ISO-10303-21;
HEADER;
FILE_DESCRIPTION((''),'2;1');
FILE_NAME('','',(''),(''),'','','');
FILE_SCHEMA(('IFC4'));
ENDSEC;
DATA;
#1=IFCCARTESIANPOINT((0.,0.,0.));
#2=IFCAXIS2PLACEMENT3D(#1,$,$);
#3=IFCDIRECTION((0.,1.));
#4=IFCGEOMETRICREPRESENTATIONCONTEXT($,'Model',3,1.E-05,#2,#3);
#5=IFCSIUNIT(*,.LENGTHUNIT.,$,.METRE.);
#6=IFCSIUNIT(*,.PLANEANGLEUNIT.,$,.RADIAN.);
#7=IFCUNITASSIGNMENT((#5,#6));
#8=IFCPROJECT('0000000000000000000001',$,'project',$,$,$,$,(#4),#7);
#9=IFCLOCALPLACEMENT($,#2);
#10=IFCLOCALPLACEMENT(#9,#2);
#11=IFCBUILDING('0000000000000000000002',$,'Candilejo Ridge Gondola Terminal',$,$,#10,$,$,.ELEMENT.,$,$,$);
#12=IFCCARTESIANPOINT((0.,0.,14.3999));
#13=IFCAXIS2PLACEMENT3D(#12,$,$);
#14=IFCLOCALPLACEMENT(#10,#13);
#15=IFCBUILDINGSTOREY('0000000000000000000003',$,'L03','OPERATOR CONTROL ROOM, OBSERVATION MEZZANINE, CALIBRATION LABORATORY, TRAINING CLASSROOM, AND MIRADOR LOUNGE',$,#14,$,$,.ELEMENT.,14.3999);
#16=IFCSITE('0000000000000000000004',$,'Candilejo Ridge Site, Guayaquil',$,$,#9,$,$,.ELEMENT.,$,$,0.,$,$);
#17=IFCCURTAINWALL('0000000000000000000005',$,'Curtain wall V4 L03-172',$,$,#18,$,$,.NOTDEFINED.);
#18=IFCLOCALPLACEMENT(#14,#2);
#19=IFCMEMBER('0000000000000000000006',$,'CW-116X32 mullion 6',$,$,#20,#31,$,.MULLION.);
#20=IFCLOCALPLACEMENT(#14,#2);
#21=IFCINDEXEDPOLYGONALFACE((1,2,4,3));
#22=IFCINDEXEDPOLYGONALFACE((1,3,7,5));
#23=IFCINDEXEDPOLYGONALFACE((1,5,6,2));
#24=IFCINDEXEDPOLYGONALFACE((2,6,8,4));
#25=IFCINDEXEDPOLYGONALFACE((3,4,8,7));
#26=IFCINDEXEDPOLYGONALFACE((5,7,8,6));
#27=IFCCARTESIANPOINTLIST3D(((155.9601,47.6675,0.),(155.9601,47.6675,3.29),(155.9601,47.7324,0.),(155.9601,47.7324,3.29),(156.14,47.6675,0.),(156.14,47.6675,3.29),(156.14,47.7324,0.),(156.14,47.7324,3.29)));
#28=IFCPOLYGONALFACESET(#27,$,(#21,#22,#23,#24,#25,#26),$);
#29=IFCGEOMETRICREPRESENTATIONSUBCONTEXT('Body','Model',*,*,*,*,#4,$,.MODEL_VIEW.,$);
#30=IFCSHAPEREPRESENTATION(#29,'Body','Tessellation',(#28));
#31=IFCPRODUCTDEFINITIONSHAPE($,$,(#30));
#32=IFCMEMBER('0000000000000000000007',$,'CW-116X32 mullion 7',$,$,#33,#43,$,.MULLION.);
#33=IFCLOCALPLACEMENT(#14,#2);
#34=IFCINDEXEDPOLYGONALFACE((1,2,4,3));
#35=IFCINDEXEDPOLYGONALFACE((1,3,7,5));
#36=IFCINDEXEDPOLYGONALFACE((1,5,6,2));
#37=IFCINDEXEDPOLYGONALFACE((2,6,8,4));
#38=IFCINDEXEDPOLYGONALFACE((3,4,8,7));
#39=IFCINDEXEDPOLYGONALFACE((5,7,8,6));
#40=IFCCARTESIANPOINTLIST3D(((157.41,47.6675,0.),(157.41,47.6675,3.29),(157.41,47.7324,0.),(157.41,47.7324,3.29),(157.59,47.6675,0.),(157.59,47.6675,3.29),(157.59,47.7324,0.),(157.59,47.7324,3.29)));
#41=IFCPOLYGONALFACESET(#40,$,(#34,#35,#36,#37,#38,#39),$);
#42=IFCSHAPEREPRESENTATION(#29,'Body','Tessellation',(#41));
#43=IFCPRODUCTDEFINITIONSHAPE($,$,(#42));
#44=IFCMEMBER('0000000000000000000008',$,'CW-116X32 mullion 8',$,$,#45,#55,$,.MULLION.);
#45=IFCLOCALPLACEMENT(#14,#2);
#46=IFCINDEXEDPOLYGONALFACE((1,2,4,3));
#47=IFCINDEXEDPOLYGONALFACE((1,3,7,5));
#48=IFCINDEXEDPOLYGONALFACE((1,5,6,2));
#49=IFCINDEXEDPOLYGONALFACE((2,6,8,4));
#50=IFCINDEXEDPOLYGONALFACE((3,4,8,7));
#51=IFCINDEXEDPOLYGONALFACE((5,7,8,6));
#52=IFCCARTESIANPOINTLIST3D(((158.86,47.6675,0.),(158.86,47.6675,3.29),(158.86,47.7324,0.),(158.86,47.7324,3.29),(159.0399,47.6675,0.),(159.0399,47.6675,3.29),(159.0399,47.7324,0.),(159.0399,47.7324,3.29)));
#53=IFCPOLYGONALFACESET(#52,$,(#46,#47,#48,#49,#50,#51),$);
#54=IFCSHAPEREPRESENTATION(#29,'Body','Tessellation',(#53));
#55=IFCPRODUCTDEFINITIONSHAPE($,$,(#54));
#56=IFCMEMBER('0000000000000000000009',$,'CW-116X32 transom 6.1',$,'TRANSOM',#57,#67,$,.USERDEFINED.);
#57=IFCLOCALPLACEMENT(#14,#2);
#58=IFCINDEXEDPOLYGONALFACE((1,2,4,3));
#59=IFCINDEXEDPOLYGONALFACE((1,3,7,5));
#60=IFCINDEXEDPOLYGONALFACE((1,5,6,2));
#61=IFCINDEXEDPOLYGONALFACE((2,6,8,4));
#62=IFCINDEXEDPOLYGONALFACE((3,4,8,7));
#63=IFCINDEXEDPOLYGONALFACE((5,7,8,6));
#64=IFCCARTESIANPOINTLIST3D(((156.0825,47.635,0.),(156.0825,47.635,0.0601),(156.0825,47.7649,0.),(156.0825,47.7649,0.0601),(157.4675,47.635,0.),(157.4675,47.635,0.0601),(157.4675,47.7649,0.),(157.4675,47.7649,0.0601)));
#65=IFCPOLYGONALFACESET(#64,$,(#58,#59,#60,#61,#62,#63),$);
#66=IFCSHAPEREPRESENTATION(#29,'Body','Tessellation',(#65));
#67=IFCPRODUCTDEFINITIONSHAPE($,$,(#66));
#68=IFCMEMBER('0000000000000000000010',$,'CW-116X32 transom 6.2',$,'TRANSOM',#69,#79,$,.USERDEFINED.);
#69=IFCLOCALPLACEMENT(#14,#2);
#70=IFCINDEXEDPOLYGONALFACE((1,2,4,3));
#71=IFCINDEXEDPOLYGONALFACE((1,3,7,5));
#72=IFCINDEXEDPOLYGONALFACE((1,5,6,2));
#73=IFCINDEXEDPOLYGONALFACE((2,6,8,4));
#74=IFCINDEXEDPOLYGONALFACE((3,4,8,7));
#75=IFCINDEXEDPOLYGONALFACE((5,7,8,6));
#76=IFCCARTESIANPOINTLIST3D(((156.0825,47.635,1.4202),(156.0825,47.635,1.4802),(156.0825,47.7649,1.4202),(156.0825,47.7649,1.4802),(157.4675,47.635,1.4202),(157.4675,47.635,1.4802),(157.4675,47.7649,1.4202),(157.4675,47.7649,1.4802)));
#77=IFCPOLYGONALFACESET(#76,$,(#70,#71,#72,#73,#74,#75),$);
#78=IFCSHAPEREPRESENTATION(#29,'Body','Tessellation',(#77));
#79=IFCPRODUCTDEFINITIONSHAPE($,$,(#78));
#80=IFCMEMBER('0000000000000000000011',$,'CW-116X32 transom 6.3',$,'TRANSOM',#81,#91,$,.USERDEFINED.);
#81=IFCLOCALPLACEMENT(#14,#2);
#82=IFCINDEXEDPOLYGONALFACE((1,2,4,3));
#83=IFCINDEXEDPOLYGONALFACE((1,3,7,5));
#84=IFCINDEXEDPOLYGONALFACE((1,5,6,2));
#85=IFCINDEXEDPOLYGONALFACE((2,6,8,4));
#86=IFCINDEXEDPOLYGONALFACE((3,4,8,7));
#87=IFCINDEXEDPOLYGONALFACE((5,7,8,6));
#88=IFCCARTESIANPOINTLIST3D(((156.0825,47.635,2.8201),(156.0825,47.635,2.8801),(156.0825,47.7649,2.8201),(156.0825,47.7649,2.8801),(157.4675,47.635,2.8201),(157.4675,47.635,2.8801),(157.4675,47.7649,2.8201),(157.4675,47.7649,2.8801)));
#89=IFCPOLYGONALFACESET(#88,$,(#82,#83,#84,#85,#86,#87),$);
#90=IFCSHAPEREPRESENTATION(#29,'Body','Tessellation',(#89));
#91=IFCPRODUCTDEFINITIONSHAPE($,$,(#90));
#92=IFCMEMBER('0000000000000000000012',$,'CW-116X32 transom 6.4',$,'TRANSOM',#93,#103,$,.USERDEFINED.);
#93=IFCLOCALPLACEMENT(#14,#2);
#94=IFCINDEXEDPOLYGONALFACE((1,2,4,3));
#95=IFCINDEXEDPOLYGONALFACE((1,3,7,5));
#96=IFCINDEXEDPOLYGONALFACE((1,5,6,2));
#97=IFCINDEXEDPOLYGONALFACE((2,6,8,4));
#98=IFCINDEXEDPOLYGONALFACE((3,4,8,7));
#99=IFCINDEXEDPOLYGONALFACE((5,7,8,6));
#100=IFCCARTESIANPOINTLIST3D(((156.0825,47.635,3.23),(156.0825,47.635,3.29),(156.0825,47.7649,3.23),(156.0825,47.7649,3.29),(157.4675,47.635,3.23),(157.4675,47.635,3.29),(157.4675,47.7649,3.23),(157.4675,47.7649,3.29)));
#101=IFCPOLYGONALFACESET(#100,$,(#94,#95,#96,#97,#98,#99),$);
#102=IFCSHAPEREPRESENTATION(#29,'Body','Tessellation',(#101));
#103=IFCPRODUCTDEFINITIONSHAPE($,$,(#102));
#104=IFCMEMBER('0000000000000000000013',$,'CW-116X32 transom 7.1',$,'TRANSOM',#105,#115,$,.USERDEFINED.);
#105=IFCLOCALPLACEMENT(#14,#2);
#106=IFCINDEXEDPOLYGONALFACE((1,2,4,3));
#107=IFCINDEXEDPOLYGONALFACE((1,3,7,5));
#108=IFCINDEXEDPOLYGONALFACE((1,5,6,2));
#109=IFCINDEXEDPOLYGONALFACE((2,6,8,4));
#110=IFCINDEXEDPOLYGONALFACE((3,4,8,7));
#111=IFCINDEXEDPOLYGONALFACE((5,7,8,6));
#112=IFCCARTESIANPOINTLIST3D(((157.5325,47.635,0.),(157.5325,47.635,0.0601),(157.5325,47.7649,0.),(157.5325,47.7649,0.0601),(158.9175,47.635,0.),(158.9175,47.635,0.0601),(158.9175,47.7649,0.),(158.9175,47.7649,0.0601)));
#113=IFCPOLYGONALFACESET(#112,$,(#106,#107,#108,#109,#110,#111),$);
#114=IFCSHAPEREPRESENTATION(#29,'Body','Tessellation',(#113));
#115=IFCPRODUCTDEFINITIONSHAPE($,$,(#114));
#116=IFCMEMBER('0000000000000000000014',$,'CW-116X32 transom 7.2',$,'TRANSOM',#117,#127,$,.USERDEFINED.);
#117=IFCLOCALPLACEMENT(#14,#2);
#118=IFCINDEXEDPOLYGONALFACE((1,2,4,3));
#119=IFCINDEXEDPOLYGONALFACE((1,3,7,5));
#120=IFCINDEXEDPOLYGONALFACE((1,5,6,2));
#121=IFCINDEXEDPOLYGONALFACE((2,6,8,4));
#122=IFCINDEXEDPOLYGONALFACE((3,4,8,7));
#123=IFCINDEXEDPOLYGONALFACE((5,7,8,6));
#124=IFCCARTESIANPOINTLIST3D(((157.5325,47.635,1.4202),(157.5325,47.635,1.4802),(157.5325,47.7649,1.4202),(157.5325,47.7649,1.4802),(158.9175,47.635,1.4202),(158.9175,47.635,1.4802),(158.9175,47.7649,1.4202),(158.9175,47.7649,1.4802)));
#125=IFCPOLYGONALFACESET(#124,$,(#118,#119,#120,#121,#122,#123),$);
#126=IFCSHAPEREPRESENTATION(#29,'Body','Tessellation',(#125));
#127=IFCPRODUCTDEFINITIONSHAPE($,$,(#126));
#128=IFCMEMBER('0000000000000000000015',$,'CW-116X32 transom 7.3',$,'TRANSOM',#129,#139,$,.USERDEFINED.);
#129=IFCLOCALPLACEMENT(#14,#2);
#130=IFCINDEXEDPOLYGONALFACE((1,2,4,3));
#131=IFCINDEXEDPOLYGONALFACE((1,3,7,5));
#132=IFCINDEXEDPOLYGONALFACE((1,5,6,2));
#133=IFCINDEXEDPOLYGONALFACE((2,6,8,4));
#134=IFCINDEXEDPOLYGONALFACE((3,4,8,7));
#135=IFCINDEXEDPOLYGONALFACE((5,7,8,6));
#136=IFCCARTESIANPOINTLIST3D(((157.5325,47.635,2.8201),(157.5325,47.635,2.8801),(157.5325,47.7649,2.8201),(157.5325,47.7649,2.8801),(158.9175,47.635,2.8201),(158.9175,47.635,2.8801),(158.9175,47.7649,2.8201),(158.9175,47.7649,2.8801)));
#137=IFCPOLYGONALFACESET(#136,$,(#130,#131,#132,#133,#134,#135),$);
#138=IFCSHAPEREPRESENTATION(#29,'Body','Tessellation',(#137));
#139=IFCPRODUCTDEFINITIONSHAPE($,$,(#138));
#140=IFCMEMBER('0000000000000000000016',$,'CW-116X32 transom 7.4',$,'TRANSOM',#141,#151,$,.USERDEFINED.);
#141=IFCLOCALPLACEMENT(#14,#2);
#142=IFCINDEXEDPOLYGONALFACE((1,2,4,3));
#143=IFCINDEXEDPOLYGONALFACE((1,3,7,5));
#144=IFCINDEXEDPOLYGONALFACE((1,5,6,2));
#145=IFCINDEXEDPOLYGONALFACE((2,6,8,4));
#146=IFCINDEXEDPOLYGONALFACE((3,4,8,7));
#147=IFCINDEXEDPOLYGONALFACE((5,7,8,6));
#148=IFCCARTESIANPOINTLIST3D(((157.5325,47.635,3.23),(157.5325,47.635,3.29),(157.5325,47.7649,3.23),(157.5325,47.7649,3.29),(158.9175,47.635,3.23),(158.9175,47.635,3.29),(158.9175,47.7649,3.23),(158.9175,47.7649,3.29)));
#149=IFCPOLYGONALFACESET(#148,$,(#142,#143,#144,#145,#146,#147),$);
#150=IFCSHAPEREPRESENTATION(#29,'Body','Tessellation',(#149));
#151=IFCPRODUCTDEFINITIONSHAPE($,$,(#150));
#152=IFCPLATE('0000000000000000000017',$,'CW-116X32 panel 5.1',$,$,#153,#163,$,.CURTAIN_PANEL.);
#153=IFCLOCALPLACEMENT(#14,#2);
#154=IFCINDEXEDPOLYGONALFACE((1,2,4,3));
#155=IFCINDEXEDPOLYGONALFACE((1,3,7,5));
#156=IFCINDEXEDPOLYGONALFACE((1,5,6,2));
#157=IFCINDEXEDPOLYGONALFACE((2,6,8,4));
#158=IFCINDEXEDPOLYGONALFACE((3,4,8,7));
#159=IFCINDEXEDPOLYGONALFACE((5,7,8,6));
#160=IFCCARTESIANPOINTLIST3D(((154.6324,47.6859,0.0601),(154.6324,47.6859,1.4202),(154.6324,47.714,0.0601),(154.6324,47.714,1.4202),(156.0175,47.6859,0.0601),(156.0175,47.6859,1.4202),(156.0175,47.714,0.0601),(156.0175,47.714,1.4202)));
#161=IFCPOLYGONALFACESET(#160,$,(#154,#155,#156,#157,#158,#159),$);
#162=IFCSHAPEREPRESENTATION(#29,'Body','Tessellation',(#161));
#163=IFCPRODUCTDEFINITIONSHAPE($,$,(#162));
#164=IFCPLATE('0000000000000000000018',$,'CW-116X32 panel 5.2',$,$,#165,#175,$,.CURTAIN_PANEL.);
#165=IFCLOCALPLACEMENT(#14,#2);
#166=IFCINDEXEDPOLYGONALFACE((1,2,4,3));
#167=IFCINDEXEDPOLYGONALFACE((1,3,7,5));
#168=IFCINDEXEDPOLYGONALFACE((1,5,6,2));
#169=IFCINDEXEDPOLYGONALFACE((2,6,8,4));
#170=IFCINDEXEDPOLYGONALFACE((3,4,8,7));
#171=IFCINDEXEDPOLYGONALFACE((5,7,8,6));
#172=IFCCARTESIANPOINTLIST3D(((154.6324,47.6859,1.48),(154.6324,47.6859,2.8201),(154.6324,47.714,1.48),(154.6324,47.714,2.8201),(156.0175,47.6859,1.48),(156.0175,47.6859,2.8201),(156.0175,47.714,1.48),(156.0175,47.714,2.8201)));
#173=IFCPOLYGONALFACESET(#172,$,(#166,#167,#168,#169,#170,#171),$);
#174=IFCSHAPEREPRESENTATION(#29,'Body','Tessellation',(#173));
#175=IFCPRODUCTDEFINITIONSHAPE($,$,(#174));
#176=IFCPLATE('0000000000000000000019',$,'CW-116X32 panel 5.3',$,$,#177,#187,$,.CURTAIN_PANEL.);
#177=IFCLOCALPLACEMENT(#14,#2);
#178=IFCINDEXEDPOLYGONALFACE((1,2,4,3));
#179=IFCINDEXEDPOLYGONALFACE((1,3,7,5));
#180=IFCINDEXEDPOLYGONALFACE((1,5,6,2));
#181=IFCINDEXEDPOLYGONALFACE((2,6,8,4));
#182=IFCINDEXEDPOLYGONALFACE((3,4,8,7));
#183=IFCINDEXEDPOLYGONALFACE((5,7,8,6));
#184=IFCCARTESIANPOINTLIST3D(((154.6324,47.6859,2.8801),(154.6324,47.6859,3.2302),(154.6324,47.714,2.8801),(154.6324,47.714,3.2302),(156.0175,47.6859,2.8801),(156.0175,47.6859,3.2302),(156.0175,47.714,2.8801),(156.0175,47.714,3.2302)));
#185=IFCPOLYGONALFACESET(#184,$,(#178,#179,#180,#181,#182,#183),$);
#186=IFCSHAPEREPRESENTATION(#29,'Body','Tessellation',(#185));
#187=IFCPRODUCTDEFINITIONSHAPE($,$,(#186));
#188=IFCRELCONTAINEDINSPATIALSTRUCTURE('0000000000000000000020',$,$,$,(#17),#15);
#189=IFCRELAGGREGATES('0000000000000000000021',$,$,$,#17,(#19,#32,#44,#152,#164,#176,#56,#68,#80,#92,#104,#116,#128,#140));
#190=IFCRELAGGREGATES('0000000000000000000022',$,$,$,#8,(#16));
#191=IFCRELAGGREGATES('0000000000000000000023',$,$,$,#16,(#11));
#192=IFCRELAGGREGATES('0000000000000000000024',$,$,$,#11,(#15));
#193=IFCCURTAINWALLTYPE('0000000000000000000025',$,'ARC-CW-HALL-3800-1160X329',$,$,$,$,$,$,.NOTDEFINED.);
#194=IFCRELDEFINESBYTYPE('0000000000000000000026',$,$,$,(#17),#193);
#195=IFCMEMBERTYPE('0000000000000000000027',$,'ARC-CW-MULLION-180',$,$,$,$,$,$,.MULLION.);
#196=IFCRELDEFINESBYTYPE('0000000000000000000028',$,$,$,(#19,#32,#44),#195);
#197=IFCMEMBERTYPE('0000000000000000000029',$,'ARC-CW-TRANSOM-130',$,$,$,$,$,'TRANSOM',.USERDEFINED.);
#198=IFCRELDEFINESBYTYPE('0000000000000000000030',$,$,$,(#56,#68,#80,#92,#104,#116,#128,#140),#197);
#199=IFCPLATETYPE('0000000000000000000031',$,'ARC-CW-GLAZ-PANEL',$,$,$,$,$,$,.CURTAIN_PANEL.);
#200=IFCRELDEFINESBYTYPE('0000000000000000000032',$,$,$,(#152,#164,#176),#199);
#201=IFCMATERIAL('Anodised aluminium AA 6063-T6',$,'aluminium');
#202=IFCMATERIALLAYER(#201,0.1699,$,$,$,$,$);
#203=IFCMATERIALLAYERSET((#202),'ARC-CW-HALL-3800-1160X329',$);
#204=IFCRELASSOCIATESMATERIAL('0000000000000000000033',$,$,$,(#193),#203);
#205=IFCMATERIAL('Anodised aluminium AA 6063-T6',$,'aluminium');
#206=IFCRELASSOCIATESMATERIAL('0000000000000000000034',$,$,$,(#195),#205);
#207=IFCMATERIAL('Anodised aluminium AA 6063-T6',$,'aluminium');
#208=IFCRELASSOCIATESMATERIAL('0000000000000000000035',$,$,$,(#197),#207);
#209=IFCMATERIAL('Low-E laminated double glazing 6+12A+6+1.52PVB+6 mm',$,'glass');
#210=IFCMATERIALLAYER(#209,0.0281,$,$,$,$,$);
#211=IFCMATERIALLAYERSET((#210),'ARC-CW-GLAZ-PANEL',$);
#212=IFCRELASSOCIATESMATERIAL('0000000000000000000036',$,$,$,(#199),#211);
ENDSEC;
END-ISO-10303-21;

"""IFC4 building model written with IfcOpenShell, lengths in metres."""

from ifc_helpers import new_model, si_unit, direction, frame, origin, origin_2d, place, context, subcontext, project, spatial, rectangle, extrude, material, layer, layer_set, material_profile, profile_set, type_object, element, aggregate, save


model = new_model("IFC4")

# Units and contexts
model_context = context("Model", 3, precision=1e-05, world=origin(), true_north=direction((0.0, 1.0)))
body_context = subcontext(model_context, "Body", "Model", "MODEL_VIEW")
ifc_project = project(units=[si_unit("LENGTHUNIT", "METRE"), si_unit("PLANEANGLEUNIT", "RADIAN")], contexts=[model_context])

# Site, building, storey
site_placement = place(None, origin())
site = spatial("IfcSite", under=ifc_project, at=site_placement, Name="Candilejo Ridge Site, Guayaquil", CompositionType="ELEMENT", RefElevation=0.0)
building_placement = place(site_placement, origin())
building = spatial("IfcBuilding", under=site, at=building_placement, Name="Candilejo Ridge Gondola Terminal", CompositionType="ELEMENT")
storey_placement = place(building_placement, frame((0.0, 0.0, 14.3999)))
storey = spatial("IfcBuildingStorey", under=building, at=storey_placement, Name="L03", Description="OPERATOR CONTROL ROOM, OBSERVATION MEZZANINE, CALIBRATION LABORATORY, TRAINING CLASSROOM, AND MIRADOR LOUNGE", CompositionType="ELEMENT", Elevation=14.3999)

# Curtain wall, members, plates
ifc_material_1 = material(Name="Anodised aluminium AA 6063-T6", Category="aluminium")
ifc_layer_1 = layer(ifc_material_1, 0.1699)
ifc_layer_set_1 = layer_set([ifc_layer_1], Name="ARC-CW-HALL-3800-1160X329")
curtain_wall_type = type_object("IfcCurtainWallType", Name="ARC-CW-HALL-3800-1160X329", PredefinedType="NOTDEFINED", material=ifc_layer_set_1)
curtain_wall_placement = place(storey_placement, origin())
curtain_wall = element("IfcCurtainWall", 1, at=curtain_wall_placement, inside=storey, type_object=curtain_wall_type, Name="Curtain wall V4 L03-172", PredefinedType="NOTDEFINED")
ifc_material_2 = material(Name="Anodised aluminium AA 6063-T6", Category="aluminium")
ifc_material_profile_1 = material_profile(ifc_material_2, rectangle(XDim=0.0649, YDim=0.1799, at=origin_2d()))
ifc_profile_set_1 = profile_set([ifc_material_profile_1], Name="Anodised aluminium AA 6063-T6")
member_type_1 = type_object("IfcMemberType", Name="ARC-CW-MULLION-180", PredefinedType="MULLION", material=ifc_profile_set_1)
member_1_placement = place(storey_placement, frame((156.05, 47.7, 0.0), z_axis=(0.0, 0.0, 1.0), x_axis=(0.0, 1.0, 0.0)))
member_1 = element("IfcMember", 2, at=member_1_placement, type_object=member_type_1, Name="CW-116X32 mullion 6", PredefinedType="MULLION", context=body_context, shape_type="SweptSolid", body=[
    extrude(rectangle(XDim=0.0649, YDim=0.1799, at=origin_2d()), origin(), (0.0, 0.0, 1.0), 3.29),
])
member_2_placement = place(storey_placement, frame((157.5, 47.7, 0.0), z_axis=(0.0, 0.0, 1.0), x_axis=(0.0, 1.0, 0.0)))
member_2 = element("IfcMember", 3, at=member_2_placement, type_object=member_type_1, Name="CW-116X32 mullion 7", PredefinedType="MULLION", context=body_context, shape_type="SweptSolid", body=[
    extrude(rectangle(XDim=0.0649, YDim=0.1799, at=origin_2d()), origin(), (0.0, 0.0, 1.0), 3.29),
])
member_3_placement = place(storey_placement, frame((158.95, 47.7, 0.0), z_axis=(0.0, 0.0, 1.0), x_axis=(0.0, 1.0, 0.0)))
member_3 = element("IfcMember", 4, at=member_3_placement, type_object=member_type_1, Name="CW-116X32 mullion 8", PredefinedType="MULLION", context=body_context, shape_type="SweptSolid", body=[
    extrude(rectangle(XDim=0.0649, YDim=0.1799, at=origin_2d()), origin(), (0.0, 0.0, 1.0), 3.29),
])
ifc_material_3 = material(Name="Anodised aluminium AA 6063-T6", Category="aluminium")
ifc_material_profile_2 = material_profile(ifc_material_3, rectangle(XDim=0.1299, YDim=0.0601, at=origin_2d()))
ifc_profile_set_2 = profile_set([ifc_material_profile_2], Name="Anodised aluminium AA 6063-T6")
member_type_2 = type_object("IfcMemberType", Name="ARC-CW-TRANSOM-130", ElementType="TRANSOM", PredefinedType="USERDEFINED", material=ifc_profile_set_2)
member_4_placement = place(storey_placement, frame((156.0825, 47.7, 0.03), z_axis=(1.0, 0.0, 0.0), x_axis=(0.0, 1.0, 0.0)))
member_4 = element("IfcMember", 5, at=member_4_placement, type_object=member_type_2, Name="CW-116X32 transom 6.1", ObjectType="TRANSOM", PredefinedType="USERDEFINED", context=body_context, shape_type="SweptSolid", body=[
    extrude(rectangle(XDim=0.1299, YDim=0.0601, at=origin_2d()), origin(), (0.0, 0.0, 1.0), 1.385),
])
member_5_placement = place(storey_placement, frame((156.0825, 47.7, 1.4502), z_axis=(1.0, 0.0, 0.0), x_axis=(0.0, 1.0, 0.0)))
member_5 = element("IfcMember", 6, at=member_5_placement, type_object=member_type_2, Name="CW-116X32 transom 6.2", ObjectType="TRANSOM", PredefinedType="USERDEFINED", context=body_context, shape_type="SweptSolid", body=[
    extrude(rectangle(XDim=0.1299, YDim=0.0601, at=origin_2d()), origin(), (0.0, 0.0, 1.0), 1.385),
])
member_6_placement = place(storey_placement, frame((156.0825, 47.7, 2.8501), z_axis=(1.0, 0.0, 0.0), x_axis=(0.0, 1.0, 0.0)))
member_6 = element("IfcMember", 7, at=member_6_placement, type_object=member_type_2, Name="CW-116X32 transom 6.3", ObjectType="TRANSOM", PredefinedType="USERDEFINED", context=body_context, shape_type="SweptSolid", body=[
    extrude(rectangle(XDim=0.1299, YDim=0.0601, at=origin_2d()), origin(), (0.0, 0.0, 1.0), 1.385),
])
member_7_placement = place(storey_placement, frame((156.0825, 47.7, 3.26), z_axis=(1.0, 0.0, 0.0), x_axis=(0.0, 1.0, 0.0)))
member_7 = element("IfcMember", 8, at=member_7_placement, type_object=member_type_2, Name="CW-116X32 transom 6.4", ObjectType="TRANSOM", PredefinedType="USERDEFINED", context=body_context, shape_type="SweptSolid", body=[
    extrude(rectangle(XDim=0.1299, YDim=0.0601, at=origin_2d()), origin(), (0.0, 0.0, 1.0), 1.385),
])
member_8_placement = place(storey_placement, frame((157.5325, 47.7, 0.03), z_axis=(1.0, 0.0, 0.0), x_axis=(0.0, 1.0, 0.0)))
member_8 = element("IfcMember", 9, at=member_8_placement, type_object=member_type_2, Name="CW-116X32 transom 7.1", ObjectType="TRANSOM", PredefinedType="USERDEFINED", context=body_context, shape_type="SweptSolid", body=[
    extrude(rectangle(XDim=0.1299, YDim=0.0601, at=origin_2d()), origin(), (0.0, 0.0, 1.0), 1.385),
])
member_9_placement = place(storey_placement, frame((157.5325, 47.7, 1.4502), z_axis=(1.0, 0.0, 0.0), x_axis=(0.0, 1.0, 0.0)))
member_9 = element("IfcMember", 10, at=member_9_placement, type_object=member_type_2, Name="CW-116X32 transom 7.2", ObjectType="TRANSOM", PredefinedType="USERDEFINED", context=body_context, shape_type="SweptSolid", body=[
    extrude(rectangle(XDim=0.1299, YDim=0.0601, at=origin_2d()), origin(), (0.0, 0.0, 1.0), 1.385),
])
member_10_placement = place(storey_placement, frame((157.5325, 47.7, 2.8501), z_axis=(1.0, 0.0, 0.0), x_axis=(0.0, 1.0, 0.0)))
member_10 = element("IfcMember", 11, at=member_10_placement, type_object=member_type_2, Name="CW-116X32 transom 7.3", ObjectType="TRANSOM", PredefinedType="USERDEFINED", context=body_context, shape_type="SweptSolid", body=[
    extrude(rectangle(XDim=0.1299, YDim=0.0601, at=origin_2d()), origin(), (0.0, 0.0, 1.0), 1.385),
])
member_11_placement = place(storey_placement, frame((157.5325, 47.7, 3.26), z_axis=(1.0, 0.0, 0.0), x_axis=(0.0, 1.0, 0.0)))
member_11 = element("IfcMember", 12, at=member_11_placement, type_object=member_type_2, Name="CW-116X32 transom 7.4", ObjectType="TRANSOM", PredefinedType="USERDEFINED", context=body_context, shape_type="SweptSolid", body=[
    extrude(rectangle(XDim=0.1299, YDim=0.0601, at=origin_2d()), origin(), (0.0, 0.0, 1.0), 1.385),
])
ifc_material_4 = material(Name="Low-E laminated double glazing 6+12A+6+1.52PVB+6 mm", Category="glass")
ifc_layer_2 = layer(ifc_material_4, 0.0281)
ifc_layer_set_2 = layer_set([ifc_layer_2], Name="ARC-CW-GLAZ-PANEL")
plate_type = type_object("IfcPlateType", Name="ARC-CW-GLAZ-PANEL", PredefinedType="CURTAIN_PANEL", material=ifc_layer_set_2)
plate_1_placement = place(storey_placement, frame((155.325, 47.7, 0.0601), z_axis=(0.0, 0.0, 1.0), x_axis=(1.0, 0.0, 0.0)))
plate_1 = element("IfcPlate", 13, at=plate_1_placement, type_object=plate_type, Name="CW-116X32 panel 5.1", PredefinedType="CURTAIN_PANEL", context=body_context, shape_type="SweptSolid", body=[
    extrude(rectangle(XDim=1.385, YDim=0.0281, at=origin_2d()), origin(), (0.0, 0.0, 1.0), 1.3601),
])
plate_2_placement = place(storey_placement, frame((155.325, 47.7, 1.48), z_axis=(0.0, 0.0, 1.0), x_axis=(1.0, 0.0, 0.0)))
plate_2 = element("IfcPlate", 14, at=plate_2_placement, type_object=plate_type, Name="CW-116X32 panel 5.2", PredefinedType="CURTAIN_PANEL", context=body_context, shape_type="SweptSolid", body=[
    extrude(rectangle(XDim=1.385, YDim=0.0281, at=origin_2d()), origin(), (0.0, 0.0, 1.0), 1.3401),
])
plate_3_placement = place(storey_placement, frame((155.325, 47.7, 2.8801), z_axis=(0.0, 0.0, 1.0), x_axis=(1.0, 0.0, 0.0)))
plate_3 = element("IfcPlate", 15, at=plate_3_placement, type_object=plate_type, Name="CW-116X32 panel 5.3", PredefinedType="CURTAIN_PANEL", context=body_context, shape_type="SweptSolid", body=[
    extrude(rectangle(XDim=1.385, YDim=0.0281, at=origin_2d()), origin(), (0.0, 0.0, 1.0), 0.3501),
])
aggregate(curtain_wall, [member_1, member_2, member_3, plate_1, plate_2, plate_3, member_4, member_5, member_6, member_7, member_8, member_9, member_10, member_11])

save(model, "model.ifc")
